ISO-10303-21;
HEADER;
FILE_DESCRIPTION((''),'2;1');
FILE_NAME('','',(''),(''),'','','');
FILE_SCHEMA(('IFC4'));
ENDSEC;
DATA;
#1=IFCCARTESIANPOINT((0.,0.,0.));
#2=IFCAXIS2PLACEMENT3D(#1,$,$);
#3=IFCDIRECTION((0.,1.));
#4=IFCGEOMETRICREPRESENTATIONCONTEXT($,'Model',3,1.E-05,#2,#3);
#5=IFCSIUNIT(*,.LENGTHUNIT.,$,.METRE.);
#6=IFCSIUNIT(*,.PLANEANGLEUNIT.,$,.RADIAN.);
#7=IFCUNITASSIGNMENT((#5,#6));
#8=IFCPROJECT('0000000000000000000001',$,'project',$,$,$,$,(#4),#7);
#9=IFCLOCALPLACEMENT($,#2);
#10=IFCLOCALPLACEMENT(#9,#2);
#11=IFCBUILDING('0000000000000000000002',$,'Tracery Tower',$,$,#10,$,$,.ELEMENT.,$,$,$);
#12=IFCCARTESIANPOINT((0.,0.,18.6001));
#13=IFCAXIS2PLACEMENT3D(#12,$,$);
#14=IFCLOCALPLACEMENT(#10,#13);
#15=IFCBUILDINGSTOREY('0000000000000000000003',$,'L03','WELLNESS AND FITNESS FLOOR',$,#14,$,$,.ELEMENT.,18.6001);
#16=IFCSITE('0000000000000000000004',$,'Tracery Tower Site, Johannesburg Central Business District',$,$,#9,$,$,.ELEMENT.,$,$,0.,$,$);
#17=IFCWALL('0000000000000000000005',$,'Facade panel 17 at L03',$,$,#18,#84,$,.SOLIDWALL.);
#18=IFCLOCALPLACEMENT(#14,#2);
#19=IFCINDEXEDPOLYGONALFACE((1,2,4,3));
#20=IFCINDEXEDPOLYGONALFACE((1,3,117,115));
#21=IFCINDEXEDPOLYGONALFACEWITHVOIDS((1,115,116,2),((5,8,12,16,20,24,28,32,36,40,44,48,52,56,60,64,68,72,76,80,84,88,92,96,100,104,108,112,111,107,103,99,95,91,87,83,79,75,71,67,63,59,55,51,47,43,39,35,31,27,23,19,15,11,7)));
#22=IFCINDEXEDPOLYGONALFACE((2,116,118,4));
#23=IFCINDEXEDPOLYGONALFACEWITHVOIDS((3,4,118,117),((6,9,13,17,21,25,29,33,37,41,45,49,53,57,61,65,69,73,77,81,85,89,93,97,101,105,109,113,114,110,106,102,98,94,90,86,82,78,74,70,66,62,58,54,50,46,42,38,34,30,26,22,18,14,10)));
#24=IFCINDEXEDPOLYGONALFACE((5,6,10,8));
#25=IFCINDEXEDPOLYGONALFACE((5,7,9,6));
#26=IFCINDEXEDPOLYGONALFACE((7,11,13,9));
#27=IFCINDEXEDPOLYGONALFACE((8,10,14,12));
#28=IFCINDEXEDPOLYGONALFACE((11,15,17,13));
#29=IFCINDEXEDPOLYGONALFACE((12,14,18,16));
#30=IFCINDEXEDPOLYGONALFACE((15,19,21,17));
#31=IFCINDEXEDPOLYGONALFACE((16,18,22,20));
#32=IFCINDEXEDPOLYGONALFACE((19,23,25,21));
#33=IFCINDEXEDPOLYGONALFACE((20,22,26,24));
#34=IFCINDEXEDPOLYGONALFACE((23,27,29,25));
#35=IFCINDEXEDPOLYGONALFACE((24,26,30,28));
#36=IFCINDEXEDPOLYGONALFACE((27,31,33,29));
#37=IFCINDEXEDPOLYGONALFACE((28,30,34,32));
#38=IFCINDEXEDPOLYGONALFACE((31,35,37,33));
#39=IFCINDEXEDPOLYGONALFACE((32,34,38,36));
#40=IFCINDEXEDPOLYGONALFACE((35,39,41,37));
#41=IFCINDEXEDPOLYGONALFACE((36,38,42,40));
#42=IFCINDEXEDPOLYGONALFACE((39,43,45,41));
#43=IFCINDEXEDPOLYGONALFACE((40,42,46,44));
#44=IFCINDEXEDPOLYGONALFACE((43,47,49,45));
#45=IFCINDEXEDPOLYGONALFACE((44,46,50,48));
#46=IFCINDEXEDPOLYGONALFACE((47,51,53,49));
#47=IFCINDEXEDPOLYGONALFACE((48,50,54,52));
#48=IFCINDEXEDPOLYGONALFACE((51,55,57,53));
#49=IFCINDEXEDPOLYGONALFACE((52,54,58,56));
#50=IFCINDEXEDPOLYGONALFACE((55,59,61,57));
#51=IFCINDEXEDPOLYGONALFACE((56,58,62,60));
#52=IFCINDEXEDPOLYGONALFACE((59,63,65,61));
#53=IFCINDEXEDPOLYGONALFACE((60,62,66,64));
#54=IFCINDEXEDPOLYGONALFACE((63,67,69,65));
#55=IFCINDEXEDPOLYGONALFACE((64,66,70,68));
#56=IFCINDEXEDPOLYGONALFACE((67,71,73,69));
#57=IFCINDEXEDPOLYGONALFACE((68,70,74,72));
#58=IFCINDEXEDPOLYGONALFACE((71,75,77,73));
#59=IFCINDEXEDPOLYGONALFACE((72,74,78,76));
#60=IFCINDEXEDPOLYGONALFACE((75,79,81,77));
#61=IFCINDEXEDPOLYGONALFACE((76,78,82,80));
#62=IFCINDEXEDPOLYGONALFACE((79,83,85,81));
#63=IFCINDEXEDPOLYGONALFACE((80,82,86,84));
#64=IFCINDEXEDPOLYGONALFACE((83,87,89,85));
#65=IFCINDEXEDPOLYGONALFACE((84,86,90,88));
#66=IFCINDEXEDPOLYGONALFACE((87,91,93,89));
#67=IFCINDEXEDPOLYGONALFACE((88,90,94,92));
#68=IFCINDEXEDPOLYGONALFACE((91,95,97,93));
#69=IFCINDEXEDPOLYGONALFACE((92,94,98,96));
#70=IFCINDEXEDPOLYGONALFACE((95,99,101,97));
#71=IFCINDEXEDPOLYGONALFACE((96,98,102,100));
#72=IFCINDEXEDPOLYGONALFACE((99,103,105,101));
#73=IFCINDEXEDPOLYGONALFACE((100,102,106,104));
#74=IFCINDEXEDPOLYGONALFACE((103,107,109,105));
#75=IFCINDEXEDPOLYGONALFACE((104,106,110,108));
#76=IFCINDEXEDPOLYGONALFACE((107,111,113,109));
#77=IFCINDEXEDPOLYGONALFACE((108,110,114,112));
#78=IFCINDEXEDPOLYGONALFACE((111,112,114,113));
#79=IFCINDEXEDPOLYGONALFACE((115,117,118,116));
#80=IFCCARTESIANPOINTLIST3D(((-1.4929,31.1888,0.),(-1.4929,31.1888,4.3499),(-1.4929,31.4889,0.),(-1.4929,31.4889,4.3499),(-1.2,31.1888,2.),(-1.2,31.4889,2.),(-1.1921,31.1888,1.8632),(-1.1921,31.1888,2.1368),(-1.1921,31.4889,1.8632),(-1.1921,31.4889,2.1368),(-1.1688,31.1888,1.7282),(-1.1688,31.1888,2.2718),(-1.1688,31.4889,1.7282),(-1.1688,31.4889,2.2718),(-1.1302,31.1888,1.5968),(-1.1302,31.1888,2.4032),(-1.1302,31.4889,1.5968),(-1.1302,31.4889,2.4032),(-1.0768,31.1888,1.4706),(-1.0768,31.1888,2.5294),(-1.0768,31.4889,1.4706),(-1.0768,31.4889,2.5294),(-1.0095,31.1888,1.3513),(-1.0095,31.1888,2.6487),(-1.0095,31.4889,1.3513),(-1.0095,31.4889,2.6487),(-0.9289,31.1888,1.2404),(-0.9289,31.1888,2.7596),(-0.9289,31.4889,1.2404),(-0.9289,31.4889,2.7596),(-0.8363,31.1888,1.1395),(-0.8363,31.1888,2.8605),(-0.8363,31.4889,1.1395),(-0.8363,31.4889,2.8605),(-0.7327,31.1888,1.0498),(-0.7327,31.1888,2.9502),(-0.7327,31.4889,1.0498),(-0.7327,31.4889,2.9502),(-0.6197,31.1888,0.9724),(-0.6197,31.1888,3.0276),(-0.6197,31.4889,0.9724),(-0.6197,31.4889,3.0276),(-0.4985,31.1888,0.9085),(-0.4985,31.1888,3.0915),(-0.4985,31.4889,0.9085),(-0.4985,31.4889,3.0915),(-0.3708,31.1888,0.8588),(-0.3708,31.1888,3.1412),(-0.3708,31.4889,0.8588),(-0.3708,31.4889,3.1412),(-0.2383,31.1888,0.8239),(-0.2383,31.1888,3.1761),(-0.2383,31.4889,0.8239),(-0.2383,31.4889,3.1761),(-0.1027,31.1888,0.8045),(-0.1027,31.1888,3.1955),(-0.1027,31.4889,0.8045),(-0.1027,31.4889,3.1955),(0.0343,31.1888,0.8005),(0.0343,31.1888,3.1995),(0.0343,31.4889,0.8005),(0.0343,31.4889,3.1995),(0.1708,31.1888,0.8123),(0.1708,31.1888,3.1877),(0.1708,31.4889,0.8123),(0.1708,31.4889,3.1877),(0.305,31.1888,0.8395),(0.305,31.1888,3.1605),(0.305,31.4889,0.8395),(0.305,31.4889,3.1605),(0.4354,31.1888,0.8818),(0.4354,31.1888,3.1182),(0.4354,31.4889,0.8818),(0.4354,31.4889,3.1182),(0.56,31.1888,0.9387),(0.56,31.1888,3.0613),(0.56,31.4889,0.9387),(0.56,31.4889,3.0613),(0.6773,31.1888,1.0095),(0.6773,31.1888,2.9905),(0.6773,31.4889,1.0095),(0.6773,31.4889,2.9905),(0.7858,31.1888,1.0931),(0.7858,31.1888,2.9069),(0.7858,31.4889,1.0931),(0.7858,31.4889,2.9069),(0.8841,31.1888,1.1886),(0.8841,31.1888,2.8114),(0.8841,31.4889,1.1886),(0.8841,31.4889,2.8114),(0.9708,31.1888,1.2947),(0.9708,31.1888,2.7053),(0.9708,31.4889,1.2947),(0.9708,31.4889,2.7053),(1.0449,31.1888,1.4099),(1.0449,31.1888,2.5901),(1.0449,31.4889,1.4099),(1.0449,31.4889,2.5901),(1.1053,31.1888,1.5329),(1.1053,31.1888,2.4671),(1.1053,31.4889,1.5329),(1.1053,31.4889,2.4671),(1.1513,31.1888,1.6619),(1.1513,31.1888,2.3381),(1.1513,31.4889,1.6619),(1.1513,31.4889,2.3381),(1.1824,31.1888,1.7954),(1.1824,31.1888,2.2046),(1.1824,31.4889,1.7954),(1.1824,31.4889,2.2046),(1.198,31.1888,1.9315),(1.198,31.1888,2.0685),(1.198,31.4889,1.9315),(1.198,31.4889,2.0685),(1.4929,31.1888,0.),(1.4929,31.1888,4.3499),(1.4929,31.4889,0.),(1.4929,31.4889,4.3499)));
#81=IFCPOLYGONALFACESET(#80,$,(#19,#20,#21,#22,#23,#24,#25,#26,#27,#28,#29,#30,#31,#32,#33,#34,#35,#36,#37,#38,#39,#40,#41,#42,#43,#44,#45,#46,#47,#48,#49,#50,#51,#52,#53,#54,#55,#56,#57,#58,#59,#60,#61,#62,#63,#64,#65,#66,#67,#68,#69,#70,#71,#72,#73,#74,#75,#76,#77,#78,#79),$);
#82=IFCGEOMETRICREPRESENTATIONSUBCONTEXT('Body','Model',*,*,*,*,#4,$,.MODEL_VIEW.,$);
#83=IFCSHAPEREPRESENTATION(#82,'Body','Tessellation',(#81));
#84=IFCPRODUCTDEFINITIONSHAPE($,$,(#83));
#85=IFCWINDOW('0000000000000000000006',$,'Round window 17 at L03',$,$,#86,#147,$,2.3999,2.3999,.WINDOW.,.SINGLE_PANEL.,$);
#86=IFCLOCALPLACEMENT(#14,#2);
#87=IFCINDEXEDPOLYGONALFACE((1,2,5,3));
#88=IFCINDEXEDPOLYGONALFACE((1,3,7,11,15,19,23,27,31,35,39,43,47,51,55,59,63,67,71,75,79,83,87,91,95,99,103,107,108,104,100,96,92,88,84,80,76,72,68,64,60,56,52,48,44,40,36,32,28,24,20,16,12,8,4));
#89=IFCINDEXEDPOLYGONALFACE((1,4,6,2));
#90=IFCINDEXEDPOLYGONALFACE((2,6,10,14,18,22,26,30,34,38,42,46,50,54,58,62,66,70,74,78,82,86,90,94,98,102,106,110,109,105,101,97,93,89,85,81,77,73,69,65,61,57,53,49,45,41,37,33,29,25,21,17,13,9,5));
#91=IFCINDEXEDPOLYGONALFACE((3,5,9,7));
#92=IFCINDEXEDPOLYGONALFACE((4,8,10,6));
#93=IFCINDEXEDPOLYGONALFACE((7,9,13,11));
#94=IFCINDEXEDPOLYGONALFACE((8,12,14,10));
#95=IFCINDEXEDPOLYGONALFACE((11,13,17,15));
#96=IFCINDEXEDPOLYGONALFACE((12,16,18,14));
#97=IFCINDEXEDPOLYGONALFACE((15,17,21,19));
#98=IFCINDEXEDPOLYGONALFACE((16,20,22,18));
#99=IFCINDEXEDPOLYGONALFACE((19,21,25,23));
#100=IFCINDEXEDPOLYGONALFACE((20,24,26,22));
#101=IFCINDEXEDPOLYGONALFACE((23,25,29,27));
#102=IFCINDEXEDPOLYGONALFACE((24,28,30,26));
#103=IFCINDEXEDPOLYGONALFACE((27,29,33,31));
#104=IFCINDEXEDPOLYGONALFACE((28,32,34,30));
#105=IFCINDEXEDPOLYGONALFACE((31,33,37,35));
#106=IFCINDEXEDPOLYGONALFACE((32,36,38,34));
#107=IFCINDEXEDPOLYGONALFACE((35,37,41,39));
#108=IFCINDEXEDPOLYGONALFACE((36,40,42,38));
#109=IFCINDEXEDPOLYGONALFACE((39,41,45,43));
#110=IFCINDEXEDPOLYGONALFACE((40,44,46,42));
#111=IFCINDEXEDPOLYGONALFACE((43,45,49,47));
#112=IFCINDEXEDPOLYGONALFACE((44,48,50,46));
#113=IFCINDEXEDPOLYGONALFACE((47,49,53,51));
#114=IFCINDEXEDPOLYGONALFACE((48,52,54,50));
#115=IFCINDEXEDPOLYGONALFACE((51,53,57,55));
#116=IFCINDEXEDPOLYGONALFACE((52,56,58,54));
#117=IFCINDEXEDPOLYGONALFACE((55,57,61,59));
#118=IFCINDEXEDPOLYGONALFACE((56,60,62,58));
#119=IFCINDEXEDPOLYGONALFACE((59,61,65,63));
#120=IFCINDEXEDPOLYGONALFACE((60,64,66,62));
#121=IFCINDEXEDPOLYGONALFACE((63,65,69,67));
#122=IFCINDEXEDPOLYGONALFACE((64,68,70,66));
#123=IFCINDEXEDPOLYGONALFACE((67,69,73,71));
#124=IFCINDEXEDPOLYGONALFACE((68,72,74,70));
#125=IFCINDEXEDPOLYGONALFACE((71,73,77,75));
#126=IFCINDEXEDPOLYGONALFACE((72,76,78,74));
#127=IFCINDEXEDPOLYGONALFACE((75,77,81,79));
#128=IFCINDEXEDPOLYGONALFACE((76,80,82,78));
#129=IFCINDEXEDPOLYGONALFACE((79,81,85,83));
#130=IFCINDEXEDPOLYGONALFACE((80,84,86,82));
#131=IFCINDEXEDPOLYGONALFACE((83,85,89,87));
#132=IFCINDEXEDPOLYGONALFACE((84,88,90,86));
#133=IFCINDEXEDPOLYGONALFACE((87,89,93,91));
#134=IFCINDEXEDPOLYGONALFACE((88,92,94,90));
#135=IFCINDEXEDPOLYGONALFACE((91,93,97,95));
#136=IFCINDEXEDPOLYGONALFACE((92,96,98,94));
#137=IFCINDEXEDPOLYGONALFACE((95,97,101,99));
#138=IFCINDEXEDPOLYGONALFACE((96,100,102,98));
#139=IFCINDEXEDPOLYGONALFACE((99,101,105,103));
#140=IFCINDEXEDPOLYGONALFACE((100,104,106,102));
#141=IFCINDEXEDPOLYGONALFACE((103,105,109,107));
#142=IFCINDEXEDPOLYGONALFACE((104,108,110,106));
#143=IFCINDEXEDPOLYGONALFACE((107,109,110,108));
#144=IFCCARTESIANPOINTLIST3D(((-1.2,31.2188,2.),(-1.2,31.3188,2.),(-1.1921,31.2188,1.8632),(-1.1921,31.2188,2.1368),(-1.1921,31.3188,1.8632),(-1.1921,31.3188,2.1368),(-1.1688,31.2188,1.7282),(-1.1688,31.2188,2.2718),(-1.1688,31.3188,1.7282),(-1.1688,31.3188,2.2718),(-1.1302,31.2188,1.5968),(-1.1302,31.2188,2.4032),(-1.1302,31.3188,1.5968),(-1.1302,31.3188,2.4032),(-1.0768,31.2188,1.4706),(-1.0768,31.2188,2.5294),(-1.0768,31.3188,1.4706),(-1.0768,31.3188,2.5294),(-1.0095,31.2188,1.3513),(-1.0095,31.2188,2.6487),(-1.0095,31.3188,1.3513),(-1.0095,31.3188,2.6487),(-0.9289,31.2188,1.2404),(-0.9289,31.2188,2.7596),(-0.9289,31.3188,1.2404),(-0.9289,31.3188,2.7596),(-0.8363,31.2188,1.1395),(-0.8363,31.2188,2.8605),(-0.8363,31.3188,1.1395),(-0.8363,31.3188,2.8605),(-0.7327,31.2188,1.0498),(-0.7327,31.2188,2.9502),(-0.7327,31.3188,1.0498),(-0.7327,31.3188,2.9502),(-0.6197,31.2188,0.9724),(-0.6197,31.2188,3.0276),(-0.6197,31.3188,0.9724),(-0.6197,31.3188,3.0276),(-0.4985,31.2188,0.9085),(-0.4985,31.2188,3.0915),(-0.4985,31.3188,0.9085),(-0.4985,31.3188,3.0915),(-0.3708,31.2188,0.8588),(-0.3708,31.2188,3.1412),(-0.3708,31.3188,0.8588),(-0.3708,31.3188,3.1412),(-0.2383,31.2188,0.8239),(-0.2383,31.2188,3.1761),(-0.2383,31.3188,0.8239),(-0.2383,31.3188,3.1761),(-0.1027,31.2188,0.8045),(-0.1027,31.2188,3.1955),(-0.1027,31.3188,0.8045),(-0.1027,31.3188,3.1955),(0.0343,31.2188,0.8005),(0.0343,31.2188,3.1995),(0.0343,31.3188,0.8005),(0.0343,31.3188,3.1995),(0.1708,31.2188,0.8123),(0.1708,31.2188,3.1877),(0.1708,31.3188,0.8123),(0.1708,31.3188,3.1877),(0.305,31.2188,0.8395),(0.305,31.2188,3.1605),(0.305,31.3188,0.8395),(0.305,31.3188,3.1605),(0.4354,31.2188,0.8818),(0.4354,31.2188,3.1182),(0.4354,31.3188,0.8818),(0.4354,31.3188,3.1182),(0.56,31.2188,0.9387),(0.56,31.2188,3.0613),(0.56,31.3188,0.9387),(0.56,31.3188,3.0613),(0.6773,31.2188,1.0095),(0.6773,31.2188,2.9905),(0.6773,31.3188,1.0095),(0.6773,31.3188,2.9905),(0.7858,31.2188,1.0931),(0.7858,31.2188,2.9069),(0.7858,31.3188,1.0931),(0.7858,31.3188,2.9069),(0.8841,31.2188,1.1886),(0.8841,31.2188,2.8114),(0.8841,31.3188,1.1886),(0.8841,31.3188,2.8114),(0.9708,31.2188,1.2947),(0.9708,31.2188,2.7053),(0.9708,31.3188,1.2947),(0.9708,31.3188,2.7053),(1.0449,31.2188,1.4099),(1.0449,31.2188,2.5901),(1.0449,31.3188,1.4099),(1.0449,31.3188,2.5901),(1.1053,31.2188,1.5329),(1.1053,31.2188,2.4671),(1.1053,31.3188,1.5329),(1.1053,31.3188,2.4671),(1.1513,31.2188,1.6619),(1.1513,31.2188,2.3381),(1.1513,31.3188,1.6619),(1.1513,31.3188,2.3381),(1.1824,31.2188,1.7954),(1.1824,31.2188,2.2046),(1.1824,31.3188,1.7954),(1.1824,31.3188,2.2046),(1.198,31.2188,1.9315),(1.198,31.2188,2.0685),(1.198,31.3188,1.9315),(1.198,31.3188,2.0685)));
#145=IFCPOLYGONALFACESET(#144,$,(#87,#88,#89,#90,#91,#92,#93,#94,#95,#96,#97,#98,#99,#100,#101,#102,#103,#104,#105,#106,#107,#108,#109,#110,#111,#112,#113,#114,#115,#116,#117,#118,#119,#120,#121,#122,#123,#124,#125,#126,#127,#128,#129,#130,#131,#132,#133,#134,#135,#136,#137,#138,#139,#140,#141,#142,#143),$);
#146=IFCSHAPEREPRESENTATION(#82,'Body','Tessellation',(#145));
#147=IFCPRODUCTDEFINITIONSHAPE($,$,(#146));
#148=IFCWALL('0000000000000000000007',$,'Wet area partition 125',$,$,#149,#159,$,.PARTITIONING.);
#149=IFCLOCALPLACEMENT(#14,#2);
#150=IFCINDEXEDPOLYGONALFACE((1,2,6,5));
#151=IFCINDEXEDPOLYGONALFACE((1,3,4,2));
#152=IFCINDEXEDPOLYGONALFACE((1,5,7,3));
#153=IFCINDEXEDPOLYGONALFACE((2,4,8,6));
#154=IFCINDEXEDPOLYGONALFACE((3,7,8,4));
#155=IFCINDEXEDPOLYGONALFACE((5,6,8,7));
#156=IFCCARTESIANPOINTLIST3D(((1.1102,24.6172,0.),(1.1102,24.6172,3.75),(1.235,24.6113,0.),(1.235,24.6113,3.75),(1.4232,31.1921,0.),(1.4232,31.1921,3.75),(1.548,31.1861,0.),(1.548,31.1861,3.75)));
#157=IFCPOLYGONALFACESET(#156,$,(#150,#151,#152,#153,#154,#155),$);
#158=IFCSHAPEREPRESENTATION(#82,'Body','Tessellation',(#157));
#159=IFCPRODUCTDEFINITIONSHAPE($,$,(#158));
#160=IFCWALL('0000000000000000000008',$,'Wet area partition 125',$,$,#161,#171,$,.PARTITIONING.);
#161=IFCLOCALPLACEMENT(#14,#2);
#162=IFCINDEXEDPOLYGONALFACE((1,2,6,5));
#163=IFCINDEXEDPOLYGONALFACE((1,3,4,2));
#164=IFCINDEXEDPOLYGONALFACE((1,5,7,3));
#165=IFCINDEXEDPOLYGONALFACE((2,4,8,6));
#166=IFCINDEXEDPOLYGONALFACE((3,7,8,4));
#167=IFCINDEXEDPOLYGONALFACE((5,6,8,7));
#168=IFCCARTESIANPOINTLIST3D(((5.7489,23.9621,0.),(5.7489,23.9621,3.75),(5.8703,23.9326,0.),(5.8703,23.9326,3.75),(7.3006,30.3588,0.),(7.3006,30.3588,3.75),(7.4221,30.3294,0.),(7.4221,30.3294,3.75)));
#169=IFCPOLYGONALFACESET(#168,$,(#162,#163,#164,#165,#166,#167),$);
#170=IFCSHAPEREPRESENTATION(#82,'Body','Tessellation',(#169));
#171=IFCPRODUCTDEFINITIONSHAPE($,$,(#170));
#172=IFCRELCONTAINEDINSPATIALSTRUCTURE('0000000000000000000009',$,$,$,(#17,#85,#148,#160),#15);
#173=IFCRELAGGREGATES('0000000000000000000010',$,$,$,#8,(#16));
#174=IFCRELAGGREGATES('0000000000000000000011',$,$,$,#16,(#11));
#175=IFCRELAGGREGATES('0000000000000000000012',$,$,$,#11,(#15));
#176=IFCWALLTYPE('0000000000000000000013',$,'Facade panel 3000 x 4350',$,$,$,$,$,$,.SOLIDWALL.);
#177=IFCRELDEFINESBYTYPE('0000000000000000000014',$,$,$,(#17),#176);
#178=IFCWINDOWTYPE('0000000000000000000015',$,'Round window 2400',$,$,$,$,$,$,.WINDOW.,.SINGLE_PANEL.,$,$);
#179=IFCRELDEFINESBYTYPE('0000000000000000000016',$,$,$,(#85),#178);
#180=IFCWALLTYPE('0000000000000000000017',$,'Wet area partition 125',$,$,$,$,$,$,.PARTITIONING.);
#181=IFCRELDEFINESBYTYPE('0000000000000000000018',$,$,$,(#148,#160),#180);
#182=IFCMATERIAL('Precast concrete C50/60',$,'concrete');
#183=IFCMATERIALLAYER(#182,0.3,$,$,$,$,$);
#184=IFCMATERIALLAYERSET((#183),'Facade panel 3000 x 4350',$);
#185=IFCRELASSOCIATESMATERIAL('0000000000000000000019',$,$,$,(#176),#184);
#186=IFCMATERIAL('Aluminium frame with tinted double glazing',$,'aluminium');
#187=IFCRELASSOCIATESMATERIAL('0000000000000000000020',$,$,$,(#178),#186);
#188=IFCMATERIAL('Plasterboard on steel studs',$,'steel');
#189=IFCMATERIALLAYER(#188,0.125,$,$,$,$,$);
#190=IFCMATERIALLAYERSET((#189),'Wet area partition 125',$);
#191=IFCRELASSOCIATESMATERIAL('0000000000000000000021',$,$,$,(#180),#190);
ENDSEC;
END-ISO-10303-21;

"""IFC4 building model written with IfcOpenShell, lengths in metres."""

from ifc_helpers import new_model, si_unit, direction, frame, frame_2d, origin, origin_2d, place, context, subcontext, project, spatial, rectangle, circle, extrude, material, layer, layer_set, type_object, element, fill, save


model = new_model("IFC4")

# Units and contexts
model_context = context("Model", 3, precision=1e-05, world=origin(), true_north=direction((0.0, 1.0)))
body_context = subcontext(model_context, "Body", "Model", "MODEL_VIEW")
ifc_project = project(units=[si_unit("LENGTHUNIT", "METRE"), si_unit("PLANEANGLEUNIT", "RADIAN")], contexts=[model_context])

# Site, building, storey
site_placement = place(None, origin())
site = spatial("IfcSite", under=ifc_project, at=site_placement, Name="Tracery Tower Site, Johannesburg Central Business District", CompositionType="ELEMENT", RefElevation=0.0)
building_placement = place(site_placement, origin())
building = spatial("IfcBuilding", under=site, at=building_placement, Name="Tracery Tower", CompositionType="ELEMENT")
storey_placement = place(building_placement, frame((0.0, 0.0, 18.6001)))
storey = spatial("IfcBuildingStorey", under=building, at=storey_placement, Name="L03", Description="WELLNESS AND FITNESS FLOOR", CompositionType="ELEMENT", Elevation=18.6001)

# Wall, opening, window
ifc_material_1 = material(Name="Precast concrete C50/60", Category="concrete")
ifc_layer_1 = layer(ifc_material_1, 0.3)
ifc_layer_set_1 = layer_set([ifc_layer_1], Name="Facade panel 3000 x 4350")
wall_type_1 = type_object("IfcWallType", Name="Facade panel 3000 x 4350", PredefinedType="SOLIDWALL", material=ifc_layer_set_1)
ifc_material_2 = material(Name="Aluminium frame with tinted double glazing", Category="aluminium")
window_type = type_object("IfcWindowType", Name="Round window 2400", PartitioningType="SINGLE_PANEL", PredefinedType="WINDOW", material=ifc_material_2)
wall_1_placement = place(storey_placement, frame((1.4929, 31.3389, 0.0), z_axis=(0.0, 0.0, 1.0), x_axis=(-1.0, 0.0, 0.0)))
wall_1 = element("IfcWall", 1, at=wall_1_placement, inside=storey, type_object=wall_type_1, Name="Facade panel 17 at L03", PredefinedType="SOLIDWALL", context=body_context, shape_type="SweptSolid", body=[
    extrude(rectangle(XDim=2.9858, YDim=0.3, at=frame_2d((1.4929, 0.0))), origin(), (0.0, 0.0, 1.0), 4.3499),
])
opening_1_placement = place(wall_1_placement, frame((1.4929, 0.0, 2.0)))
opening_1 = element("IfcOpeningElement", 2, at=opening_1_placement, cuts=wall_1, PredefinedType="OPENING", context=body_context, shape_type="SweptSolid", body=[
    extrude(circle(Radius=1.2, at=origin_2d()), frame((0.0, 0.1599, 0.0), z_axis=(0.0, -1.0, 0.0), x_axis=(1.0, 0.0, 0.0)), (0.0, 0.0, 1.0), 0.3201),
])
window_1_placement = place(opening_1_placement, origin())
window_1 = element("IfcWindow", 3, at=window_1_placement, inside=storey, type_object=window_type, Name="Round window 17 at L03", OverallHeight=2.3999, OverallWidth=2.3999, PartitioningType="SINGLE_PANEL", PredefinedType="WINDOW", context=body_context, shape_type="SweptSolid", body=[
    extrude(circle(Radius=1.2, at=origin_2d()), frame((0.0, 0.1201, 0.0), z_axis=(0.0, -1.0, 0.0), x_axis=(1.0, 0.0, 0.0)), (0.0, 0.0, 1.0), 0.1001),
])
fill(opening_1, window_1)

# Walls
ifc_material_3 = material(Name="Plasterboard on steel studs", Category="steel")
ifc_layer_2 = layer(ifc_material_3, 0.125)
ifc_layer_set_2 = layer_set([ifc_layer_2], Name="Wet area partition 125")
wall_type_2 = type_object("IfcWallType", Name="Wet area partition 125", PredefinedType="PARTITIONING", material=ifc_layer_set_2)
for number, where, z_axis, x_axis, name in (
    (4, (1.4856, 31.189, 0.0), (0.0, 0.0, 1.0), (-0.047549, -0.998869, 0.0), "Wet area partition 125"),
    (5, (7.3613, 30.344, 0.0), (0.0, 0.0, 1.0), (-0.235749, -0.971814, 0.0), "Wet area partition 125"),
):
    element("IfcWall", number, at=place(storey_placement, frame(where, z_axis=z_axis, x_axis=x_axis)), inside=storey, type_object=wall_type_2, Name=name, PredefinedType="PARTITIONING", context=body_context, shape_type="SweptSolid", body=[
        extrude(rectangle(XDim=6.5823, YDim=0.125, at=frame_2d((3.291, 0.0))), origin(), (0.0, 0.0, 1.0), 3.75),
    ])

save(model, "model.ifc")
